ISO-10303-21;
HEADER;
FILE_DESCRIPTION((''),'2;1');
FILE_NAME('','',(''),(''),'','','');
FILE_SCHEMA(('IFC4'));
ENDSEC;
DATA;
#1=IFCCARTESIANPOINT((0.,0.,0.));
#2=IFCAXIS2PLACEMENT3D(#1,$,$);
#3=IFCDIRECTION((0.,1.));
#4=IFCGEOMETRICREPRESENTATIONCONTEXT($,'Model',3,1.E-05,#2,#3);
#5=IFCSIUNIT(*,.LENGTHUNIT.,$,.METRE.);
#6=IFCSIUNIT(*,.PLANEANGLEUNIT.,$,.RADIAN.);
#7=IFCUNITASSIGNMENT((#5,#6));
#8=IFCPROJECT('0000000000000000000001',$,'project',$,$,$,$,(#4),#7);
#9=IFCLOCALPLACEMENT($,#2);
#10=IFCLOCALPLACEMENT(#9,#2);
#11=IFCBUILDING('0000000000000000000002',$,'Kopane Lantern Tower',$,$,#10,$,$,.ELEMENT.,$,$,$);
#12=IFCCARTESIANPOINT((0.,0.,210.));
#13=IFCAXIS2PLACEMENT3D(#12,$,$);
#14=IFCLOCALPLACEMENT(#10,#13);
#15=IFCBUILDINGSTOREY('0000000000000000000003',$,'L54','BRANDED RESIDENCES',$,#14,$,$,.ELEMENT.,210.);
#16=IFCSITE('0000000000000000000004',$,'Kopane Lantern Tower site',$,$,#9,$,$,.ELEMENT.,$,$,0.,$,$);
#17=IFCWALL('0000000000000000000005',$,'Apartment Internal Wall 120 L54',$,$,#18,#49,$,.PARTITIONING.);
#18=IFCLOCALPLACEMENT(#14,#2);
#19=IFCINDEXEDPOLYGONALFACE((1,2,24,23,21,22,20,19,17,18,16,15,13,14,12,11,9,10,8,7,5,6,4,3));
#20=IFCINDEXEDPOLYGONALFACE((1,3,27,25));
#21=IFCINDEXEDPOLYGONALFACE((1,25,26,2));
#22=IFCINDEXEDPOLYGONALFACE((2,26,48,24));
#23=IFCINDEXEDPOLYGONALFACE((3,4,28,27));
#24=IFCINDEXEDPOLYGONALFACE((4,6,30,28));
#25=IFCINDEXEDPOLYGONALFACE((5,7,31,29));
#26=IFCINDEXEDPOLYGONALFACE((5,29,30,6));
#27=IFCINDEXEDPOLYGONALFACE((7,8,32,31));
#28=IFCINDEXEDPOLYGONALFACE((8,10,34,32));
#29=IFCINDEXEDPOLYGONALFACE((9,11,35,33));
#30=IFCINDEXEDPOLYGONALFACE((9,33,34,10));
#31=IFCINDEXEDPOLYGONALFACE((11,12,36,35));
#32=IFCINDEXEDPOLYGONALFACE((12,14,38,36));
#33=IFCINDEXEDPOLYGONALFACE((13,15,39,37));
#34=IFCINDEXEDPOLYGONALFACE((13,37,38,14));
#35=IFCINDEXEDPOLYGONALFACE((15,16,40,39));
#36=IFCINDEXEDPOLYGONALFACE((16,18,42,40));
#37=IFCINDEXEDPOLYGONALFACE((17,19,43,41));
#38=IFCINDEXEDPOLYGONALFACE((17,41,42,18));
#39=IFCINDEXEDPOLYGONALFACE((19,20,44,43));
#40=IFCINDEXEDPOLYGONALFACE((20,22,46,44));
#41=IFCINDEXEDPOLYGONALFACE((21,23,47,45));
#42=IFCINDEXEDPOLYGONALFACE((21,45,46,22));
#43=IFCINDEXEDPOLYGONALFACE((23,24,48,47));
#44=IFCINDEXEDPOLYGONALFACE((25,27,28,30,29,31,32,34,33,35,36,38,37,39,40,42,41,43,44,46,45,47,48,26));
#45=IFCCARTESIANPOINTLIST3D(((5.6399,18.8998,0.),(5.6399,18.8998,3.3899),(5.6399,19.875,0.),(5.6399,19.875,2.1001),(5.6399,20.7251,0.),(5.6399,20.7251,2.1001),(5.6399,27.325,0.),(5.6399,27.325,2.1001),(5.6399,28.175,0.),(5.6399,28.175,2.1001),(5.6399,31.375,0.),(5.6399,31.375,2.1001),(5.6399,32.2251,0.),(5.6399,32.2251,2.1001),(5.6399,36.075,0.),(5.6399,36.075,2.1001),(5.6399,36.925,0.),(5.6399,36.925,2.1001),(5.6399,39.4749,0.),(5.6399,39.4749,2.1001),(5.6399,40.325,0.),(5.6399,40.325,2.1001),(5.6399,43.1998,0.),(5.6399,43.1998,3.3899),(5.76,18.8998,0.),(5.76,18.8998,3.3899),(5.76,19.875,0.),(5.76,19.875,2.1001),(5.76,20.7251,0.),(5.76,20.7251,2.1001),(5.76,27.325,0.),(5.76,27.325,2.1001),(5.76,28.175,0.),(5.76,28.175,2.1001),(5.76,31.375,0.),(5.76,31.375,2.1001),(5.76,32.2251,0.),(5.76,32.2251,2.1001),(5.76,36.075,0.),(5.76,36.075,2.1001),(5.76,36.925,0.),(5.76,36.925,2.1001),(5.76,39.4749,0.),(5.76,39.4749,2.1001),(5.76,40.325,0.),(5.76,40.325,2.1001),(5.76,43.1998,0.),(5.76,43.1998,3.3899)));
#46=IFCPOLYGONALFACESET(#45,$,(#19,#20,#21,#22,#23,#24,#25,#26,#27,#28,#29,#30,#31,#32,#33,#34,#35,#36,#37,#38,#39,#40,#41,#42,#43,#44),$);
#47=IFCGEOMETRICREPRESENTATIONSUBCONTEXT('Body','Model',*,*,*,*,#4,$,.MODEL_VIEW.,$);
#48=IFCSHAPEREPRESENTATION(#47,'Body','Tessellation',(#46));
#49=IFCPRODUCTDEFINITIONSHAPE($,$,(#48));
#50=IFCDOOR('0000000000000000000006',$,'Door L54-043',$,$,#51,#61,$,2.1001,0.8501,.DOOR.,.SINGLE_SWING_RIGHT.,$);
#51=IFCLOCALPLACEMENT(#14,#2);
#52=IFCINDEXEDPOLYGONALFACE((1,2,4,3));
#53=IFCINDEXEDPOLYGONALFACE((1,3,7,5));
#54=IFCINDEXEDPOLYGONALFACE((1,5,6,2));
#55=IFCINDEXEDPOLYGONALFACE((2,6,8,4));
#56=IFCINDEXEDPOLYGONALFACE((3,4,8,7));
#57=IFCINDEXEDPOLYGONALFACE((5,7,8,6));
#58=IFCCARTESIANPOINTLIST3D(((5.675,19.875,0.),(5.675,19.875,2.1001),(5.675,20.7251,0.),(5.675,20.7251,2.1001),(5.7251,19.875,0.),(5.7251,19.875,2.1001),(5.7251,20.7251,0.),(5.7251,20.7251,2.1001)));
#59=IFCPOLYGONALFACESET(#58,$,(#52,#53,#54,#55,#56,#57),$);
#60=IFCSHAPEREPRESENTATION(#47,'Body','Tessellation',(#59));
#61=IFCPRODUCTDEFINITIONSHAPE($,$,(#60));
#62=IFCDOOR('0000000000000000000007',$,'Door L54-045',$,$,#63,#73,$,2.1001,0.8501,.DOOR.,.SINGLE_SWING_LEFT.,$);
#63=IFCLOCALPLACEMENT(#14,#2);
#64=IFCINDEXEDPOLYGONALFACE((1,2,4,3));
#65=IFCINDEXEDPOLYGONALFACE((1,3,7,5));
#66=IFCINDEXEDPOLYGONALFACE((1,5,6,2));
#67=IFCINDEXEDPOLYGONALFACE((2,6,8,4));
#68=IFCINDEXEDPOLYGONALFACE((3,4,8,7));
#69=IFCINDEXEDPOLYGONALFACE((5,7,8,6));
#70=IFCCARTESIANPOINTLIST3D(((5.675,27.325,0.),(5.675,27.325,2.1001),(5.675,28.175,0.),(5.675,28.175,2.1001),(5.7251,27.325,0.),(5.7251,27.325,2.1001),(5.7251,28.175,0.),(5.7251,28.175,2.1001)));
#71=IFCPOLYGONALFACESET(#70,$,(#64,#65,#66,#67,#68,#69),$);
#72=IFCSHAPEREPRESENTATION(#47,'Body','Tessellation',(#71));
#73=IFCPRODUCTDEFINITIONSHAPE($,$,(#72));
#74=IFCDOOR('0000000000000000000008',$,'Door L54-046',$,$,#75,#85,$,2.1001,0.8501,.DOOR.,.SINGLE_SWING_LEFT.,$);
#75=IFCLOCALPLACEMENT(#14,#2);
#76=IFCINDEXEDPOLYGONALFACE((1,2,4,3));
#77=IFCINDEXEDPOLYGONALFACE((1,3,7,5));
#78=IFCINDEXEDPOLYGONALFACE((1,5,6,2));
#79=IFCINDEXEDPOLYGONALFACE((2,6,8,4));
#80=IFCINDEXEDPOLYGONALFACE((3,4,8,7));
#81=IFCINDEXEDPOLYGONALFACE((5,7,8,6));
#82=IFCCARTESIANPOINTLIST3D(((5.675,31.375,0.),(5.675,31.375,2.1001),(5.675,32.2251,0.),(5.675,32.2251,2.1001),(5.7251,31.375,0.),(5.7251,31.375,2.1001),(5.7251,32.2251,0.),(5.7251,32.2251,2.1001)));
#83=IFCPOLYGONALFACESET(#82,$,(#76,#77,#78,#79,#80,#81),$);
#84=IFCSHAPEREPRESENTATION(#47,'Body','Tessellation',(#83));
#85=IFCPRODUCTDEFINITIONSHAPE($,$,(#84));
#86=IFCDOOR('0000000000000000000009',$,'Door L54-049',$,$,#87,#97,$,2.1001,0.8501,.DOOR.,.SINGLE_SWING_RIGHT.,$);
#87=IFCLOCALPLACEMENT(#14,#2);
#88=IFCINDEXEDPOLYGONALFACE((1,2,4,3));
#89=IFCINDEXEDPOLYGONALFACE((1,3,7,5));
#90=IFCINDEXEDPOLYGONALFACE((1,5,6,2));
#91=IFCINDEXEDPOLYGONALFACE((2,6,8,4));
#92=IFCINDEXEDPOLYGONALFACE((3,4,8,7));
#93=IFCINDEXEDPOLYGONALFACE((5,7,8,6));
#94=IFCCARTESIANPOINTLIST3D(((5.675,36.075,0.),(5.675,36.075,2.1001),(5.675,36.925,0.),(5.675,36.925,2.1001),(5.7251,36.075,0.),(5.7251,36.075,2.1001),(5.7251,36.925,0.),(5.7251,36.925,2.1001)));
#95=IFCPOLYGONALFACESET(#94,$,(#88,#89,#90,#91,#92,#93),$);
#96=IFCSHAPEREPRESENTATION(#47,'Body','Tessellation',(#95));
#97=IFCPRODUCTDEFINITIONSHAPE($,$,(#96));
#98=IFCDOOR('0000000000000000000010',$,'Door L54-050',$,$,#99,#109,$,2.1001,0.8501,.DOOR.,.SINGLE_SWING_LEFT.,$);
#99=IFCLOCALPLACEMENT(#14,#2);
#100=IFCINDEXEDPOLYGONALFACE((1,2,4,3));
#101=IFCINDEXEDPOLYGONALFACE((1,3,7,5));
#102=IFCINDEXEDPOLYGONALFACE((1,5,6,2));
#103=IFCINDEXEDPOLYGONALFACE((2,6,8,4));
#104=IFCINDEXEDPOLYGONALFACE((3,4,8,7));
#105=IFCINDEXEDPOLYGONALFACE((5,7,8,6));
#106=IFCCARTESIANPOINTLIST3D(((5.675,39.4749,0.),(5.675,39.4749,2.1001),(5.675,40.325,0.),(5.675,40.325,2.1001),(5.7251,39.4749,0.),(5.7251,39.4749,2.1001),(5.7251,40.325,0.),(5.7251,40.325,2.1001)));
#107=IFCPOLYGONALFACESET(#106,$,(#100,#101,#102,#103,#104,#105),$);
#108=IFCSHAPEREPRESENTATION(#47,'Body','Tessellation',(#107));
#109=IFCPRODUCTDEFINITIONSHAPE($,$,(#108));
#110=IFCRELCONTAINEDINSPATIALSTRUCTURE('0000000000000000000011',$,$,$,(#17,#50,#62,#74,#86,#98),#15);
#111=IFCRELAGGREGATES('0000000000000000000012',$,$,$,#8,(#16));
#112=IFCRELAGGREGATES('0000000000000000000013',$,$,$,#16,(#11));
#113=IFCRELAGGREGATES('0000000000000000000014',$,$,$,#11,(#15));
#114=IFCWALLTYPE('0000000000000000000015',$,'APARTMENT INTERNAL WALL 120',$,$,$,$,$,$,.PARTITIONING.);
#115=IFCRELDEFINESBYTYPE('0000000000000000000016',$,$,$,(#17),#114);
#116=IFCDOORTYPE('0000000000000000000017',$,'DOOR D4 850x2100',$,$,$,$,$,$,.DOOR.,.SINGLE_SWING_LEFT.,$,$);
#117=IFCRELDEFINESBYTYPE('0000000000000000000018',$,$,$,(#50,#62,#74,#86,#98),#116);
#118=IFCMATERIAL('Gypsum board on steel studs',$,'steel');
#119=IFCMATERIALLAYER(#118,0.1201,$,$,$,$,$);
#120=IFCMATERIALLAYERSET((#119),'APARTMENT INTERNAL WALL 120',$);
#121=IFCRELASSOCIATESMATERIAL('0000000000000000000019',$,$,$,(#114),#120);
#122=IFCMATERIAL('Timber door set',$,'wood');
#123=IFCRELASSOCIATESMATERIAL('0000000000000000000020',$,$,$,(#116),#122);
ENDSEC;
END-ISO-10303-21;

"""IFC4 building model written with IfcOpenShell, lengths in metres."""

from ifc_helpers import new_model, si_unit, direction, frame, frame_2d, origin, place, context, subcontext, project, spatial, rectangle, extrude, material, layer, layer_set, type_object, element, fill, save


model = new_model("IFC4")

# Units and contexts
model_context = context("Model", 3, precision=1e-05, world=origin(), true_north=direction((0.0, 1.0)))
body_context = subcontext(model_context, "Body", "Model", "MODEL_VIEW")
ifc_project = project(units=[si_unit("LENGTHUNIT", "METRE"), si_unit("PLANEANGLEUNIT", "RADIAN")], contexts=[model_context])

# Site, building, storey
site_placement = place(None, origin())
site = spatial("IfcSite", under=ifc_project, at=site_placement, Name="Kopane Lantern Tower site", CompositionType="ELEMENT", RefElevation=0.0)
building_placement = place(site_placement, origin())
building = spatial("IfcBuilding", under=site, at=building_placement, Name="Kopane Lantern Tower", CompositionType="ELEMENT")
storey_placement = place(building_placement, frame((0.0, 0.0, 210.0)))
storey = spatial("IfcBuildingStorey", under=building, at=storey_placement, Name="L54", Description="BRANDED RESIDENCES", CompositionType="ELEMENT", Elevation=210.0)

# Wall, openings, doors
ifc_material_1 = material(Name="Gypsum board on steel studs", Category="steel")
ifc_layer_1 = layer(ifc_material_1, 0.1201)
ifc_layer_set_1 = layer_set([ifc_layer_1], Name="APARTMENT INTERNAL WALL 120")
wall_type_1 = type_object("IfcWallType", Name="APARTMENT INTERNAL WALL 120", PredefinedType="PARTITIONING", material=ifc_layer_set_1)
wall_1_placement = place(storey_placement, frame((5.7, 18.8999, 0.0), z_axis=(0.0, 0.0, 1.0), x_axis=(0.0, 1.0, 0.0)))
wall_1 = element("IfcWall", 1, at=wall_1_placement, inside=storey, type_object=wall_type_1, Name="Apartment Internal Wall 120 L54", PredefinedType="PARTITIONING", context=body_context, shape_type="SweptSolid", body=[
    extrude(rectangle(XDim=24.3, YDim=0.1201, at=frame_2d((12.1499, 0.0))), origin(), (0.0, 0.0, 1.0), 3.3899),
])
opening_1_placement = place(wall_1_placement, frame((0.9751, 0.0, 0.0)))
opening_1 = element("IfcOpeningElement", 2, at=opening_1_placement, cuts=wall_1, PredefinedType="OPENING", context=body_context, shape_type="SweptSolid", body=[
    extrude(rectangle(XDim=0.8501, YDim=2.1001, at=frame_2d((0.425, 1.05))), frame((0.0, 0.0701, 0.0), z_axis=(0.0, -1.0, 0.0), x_axis=(1.0, 0.0, 0.0)), (0.0, 0.0, 1.0), 0.1401),
])
opening_2_placement = place(wall_1_placement, frame((8.425, 0.0, 0.0)))
opening_2 = element("IfcOpeningElement", 3, at=opening_2_placement, cuts=wall_1, PredefinedType="OPENING", context=body_context, shape_type="SweptSolid", body=[
    extrude(rectangle(XDim=0.8501, YDim=2.1001, at=frame_2d((0.425, 1.05))), frame((0.0, 0.0701, 0.0), z_axis=(0.0, -1.0, 0.0), x_axis=(1.0, 0.0, 0.0)), (0.0, 0.0, 1.0), 0.1401),
])
opening_3_placement = place(wall_1_placement, frame((12.4751, 0.0, 0.0)))
opening_3 = element("IfcOpeningElement", 4, at=opening_3_placement, cuts=wall_1, PredefinedType="OPENING", context=body_context, shape_type="SweptSolid", body=[
    extrude(rectangle(XDim=0.8501, YDim=2.1001, at=frame_2d((0.425, 1.05))), frame((0.0, 0.0701, 0.0), z_axis=(0.0, -1.0, 0.0), x_axis=(1.0, 0.0, 0.0)), (0.0, 0.0, 1.0), 0.1401),
])
opening_4_placement = place(wall_1_placement, frame((17.175, 0.0, 0.0)))
opening_4 = element("IfcOpeningElement", 5, at=opening_4_placement, cuts=wall_1, PredefinedType="OPENING", context=body_context, shape_type="SweptSolid", body=[
    extrude(rectangle(XDim=0.8501, YDim=2.1001, at=frame_2d((0.425, 1.05))), frame((0.0, 0.0701, 0.0), z_axis=(0.0, -1.0, 0.0), x_axis=(1.0, 0.0, 0.0)), (0.0, 0.0, 1.0), 0.1401),
])
opening_5_placement = place(wall_1_placement, frame((20.575, 0.0, 0.0)))
opening_5 = element("IfcOpeningElement", 6, at=opening_5_placement, cuts=wall_1, PredefinedType="OPENING", context=body_context, shape_type="SweptSolid", body=[
    extrude(rectangle(XDim=0.8501, YDim=2.1001, at=frame_2d((0.425, 1.05))), frame((0.0, 0.0701, 0.0), z_axis=(0.0, -1.0, 0.0), x_axis=(1.0, 0.0, 0.0)), (0.0, 0.0, 1.0), 0.1401),
])
ifc_material_2 = material(Name="Timber door set", Category="wood")
door_type = type_object("IfcDoorType", Name="DOOR D4 850x2100", OperationType="SINGLE_SWING_LEFT", PredefinedType="DOOR", material=ifc_material_2)
door_1_placement = place(opening_1_placement, origin())
door_1 = element("IfcDoor", 7, at=door_1_placement, inside=storey, type_object=door_type, Name="Door L54-043", OperationType="SINGLE_SWING_RIGHT", OverallHeight=2.1001, OverallWidth=0.8501, PredefinedType="DOOR", context=body_context, shape_type="SweptSolid", body=[
    extrude(rectangle(XDim=0.8501, YDim=2.1001, at=frame_2d((0.425, 1.05))), frame((0.0, 0.0249, 0.0), z_axis=(0.0, -1.0, 0.0), x_axis=(1.0, 0.0, 0.0)), (0.0, 0.0, 1.0), 0.05),
])
fill(opening_1, door_1)
door_2_placement = place(opening_2_placement, origin())
door_2 = element("IfcDoor", 8, at=door_2_placement, inside=storey, type_object=door_type, Name="Door L54-045", OperationType="SINGLE_SWING_LEFT", OverallHeight=2.1001, OverallWidth=0.8501, PredefinedType="DOOR", context=body_context, shape_type="SweptSolid", body=[
    extrude(rectangle(XDim=0.8501, YDim=2.1001, at=frame_2d((0.425, 1.05))), frame((0.0, 0.0249, 0.0), z_axis=(0.0, -1.0, 0.0), x_axis=(1.0, 0.0, 0.0)), (0.0, 0.0, 1.0), 0.05),
])
fill(opening_2, door_2)
door_3_placement = place(opening_3_placement, origin())
door_3 = element("IfcDoor", 9, at=door_3_placement, inside=storey, type_object=door_type, Name="Door L54-046", OperationType="SINGLE_SWING_LEFT", OverallHeight=2.1001, OverallWidth=0.8501, PredefinedType="DOOR", context=body_context, shape_type="SweptSolid", body=[
    extrude(rectangle(XDim=0.8501, YDim=2.1001, at=frame_2d((0.425, 1.05))), frame((0.0, 0.0249, 0.0), z_axis=(0.0, -1.0, 0.0), x_axis=(1.0, 0.0, 0.0)), (0.0, 0.0, 1.0), 0.05),
])
fill(opening_3, door_3)
door_4_placement = place(opening_4_placement, origin())
door_4 = element("IfcDoor", 10, at=door_4_placement, inside=storey, type_object=door_type, Name="Door L54-049", OperationType="SINGLE_SWING_RIGHT", OverallHeight=2.1001, OverallWidth=0.8501, PredefinedType="DOOR", context=body_context, shape_type="SweptSolid", body=[
    extrude(rectangle(XDim=0.8501, YDim=2.1001, at=frame_2d((0.425, 1.05))), frame((0.0, 0.0249, 0.0), z_axis=(0.0, -1.0, 0.0), x_axis=(1.0, 0.0, 0.0)), (0.0, 0.0, 1.0), 0.05),
])
fill(opening_4, door_4)
door_5_placement = place(opening_5_placement, origin())
door_5 = element("IfcDoor", 11, at=door_5_placement, inside=storey, type_object=door_type, Name="Door L54-050", OperationType="SINGLE_SWING_LEFT", OverallHeight=2.1001, OverallWidth=0.8501, PredefinedType="DOOR", context=body_context, shape_type="SweptSolid", body=[
    extrude(rectangle(XDim=0.8501, YDim=2.1001, at=frame_2d((0.425, 1.05))), frame((0.0, 0.0249, 0.0), z_axis=(0.0, -1.0, 0.0), x_axis=(1.0, 0.0, 0.0)), (0.0, 0.0, 1.0), 0.05),
])
fill(opening_5, door_5)

save(model, "model.ifc")
